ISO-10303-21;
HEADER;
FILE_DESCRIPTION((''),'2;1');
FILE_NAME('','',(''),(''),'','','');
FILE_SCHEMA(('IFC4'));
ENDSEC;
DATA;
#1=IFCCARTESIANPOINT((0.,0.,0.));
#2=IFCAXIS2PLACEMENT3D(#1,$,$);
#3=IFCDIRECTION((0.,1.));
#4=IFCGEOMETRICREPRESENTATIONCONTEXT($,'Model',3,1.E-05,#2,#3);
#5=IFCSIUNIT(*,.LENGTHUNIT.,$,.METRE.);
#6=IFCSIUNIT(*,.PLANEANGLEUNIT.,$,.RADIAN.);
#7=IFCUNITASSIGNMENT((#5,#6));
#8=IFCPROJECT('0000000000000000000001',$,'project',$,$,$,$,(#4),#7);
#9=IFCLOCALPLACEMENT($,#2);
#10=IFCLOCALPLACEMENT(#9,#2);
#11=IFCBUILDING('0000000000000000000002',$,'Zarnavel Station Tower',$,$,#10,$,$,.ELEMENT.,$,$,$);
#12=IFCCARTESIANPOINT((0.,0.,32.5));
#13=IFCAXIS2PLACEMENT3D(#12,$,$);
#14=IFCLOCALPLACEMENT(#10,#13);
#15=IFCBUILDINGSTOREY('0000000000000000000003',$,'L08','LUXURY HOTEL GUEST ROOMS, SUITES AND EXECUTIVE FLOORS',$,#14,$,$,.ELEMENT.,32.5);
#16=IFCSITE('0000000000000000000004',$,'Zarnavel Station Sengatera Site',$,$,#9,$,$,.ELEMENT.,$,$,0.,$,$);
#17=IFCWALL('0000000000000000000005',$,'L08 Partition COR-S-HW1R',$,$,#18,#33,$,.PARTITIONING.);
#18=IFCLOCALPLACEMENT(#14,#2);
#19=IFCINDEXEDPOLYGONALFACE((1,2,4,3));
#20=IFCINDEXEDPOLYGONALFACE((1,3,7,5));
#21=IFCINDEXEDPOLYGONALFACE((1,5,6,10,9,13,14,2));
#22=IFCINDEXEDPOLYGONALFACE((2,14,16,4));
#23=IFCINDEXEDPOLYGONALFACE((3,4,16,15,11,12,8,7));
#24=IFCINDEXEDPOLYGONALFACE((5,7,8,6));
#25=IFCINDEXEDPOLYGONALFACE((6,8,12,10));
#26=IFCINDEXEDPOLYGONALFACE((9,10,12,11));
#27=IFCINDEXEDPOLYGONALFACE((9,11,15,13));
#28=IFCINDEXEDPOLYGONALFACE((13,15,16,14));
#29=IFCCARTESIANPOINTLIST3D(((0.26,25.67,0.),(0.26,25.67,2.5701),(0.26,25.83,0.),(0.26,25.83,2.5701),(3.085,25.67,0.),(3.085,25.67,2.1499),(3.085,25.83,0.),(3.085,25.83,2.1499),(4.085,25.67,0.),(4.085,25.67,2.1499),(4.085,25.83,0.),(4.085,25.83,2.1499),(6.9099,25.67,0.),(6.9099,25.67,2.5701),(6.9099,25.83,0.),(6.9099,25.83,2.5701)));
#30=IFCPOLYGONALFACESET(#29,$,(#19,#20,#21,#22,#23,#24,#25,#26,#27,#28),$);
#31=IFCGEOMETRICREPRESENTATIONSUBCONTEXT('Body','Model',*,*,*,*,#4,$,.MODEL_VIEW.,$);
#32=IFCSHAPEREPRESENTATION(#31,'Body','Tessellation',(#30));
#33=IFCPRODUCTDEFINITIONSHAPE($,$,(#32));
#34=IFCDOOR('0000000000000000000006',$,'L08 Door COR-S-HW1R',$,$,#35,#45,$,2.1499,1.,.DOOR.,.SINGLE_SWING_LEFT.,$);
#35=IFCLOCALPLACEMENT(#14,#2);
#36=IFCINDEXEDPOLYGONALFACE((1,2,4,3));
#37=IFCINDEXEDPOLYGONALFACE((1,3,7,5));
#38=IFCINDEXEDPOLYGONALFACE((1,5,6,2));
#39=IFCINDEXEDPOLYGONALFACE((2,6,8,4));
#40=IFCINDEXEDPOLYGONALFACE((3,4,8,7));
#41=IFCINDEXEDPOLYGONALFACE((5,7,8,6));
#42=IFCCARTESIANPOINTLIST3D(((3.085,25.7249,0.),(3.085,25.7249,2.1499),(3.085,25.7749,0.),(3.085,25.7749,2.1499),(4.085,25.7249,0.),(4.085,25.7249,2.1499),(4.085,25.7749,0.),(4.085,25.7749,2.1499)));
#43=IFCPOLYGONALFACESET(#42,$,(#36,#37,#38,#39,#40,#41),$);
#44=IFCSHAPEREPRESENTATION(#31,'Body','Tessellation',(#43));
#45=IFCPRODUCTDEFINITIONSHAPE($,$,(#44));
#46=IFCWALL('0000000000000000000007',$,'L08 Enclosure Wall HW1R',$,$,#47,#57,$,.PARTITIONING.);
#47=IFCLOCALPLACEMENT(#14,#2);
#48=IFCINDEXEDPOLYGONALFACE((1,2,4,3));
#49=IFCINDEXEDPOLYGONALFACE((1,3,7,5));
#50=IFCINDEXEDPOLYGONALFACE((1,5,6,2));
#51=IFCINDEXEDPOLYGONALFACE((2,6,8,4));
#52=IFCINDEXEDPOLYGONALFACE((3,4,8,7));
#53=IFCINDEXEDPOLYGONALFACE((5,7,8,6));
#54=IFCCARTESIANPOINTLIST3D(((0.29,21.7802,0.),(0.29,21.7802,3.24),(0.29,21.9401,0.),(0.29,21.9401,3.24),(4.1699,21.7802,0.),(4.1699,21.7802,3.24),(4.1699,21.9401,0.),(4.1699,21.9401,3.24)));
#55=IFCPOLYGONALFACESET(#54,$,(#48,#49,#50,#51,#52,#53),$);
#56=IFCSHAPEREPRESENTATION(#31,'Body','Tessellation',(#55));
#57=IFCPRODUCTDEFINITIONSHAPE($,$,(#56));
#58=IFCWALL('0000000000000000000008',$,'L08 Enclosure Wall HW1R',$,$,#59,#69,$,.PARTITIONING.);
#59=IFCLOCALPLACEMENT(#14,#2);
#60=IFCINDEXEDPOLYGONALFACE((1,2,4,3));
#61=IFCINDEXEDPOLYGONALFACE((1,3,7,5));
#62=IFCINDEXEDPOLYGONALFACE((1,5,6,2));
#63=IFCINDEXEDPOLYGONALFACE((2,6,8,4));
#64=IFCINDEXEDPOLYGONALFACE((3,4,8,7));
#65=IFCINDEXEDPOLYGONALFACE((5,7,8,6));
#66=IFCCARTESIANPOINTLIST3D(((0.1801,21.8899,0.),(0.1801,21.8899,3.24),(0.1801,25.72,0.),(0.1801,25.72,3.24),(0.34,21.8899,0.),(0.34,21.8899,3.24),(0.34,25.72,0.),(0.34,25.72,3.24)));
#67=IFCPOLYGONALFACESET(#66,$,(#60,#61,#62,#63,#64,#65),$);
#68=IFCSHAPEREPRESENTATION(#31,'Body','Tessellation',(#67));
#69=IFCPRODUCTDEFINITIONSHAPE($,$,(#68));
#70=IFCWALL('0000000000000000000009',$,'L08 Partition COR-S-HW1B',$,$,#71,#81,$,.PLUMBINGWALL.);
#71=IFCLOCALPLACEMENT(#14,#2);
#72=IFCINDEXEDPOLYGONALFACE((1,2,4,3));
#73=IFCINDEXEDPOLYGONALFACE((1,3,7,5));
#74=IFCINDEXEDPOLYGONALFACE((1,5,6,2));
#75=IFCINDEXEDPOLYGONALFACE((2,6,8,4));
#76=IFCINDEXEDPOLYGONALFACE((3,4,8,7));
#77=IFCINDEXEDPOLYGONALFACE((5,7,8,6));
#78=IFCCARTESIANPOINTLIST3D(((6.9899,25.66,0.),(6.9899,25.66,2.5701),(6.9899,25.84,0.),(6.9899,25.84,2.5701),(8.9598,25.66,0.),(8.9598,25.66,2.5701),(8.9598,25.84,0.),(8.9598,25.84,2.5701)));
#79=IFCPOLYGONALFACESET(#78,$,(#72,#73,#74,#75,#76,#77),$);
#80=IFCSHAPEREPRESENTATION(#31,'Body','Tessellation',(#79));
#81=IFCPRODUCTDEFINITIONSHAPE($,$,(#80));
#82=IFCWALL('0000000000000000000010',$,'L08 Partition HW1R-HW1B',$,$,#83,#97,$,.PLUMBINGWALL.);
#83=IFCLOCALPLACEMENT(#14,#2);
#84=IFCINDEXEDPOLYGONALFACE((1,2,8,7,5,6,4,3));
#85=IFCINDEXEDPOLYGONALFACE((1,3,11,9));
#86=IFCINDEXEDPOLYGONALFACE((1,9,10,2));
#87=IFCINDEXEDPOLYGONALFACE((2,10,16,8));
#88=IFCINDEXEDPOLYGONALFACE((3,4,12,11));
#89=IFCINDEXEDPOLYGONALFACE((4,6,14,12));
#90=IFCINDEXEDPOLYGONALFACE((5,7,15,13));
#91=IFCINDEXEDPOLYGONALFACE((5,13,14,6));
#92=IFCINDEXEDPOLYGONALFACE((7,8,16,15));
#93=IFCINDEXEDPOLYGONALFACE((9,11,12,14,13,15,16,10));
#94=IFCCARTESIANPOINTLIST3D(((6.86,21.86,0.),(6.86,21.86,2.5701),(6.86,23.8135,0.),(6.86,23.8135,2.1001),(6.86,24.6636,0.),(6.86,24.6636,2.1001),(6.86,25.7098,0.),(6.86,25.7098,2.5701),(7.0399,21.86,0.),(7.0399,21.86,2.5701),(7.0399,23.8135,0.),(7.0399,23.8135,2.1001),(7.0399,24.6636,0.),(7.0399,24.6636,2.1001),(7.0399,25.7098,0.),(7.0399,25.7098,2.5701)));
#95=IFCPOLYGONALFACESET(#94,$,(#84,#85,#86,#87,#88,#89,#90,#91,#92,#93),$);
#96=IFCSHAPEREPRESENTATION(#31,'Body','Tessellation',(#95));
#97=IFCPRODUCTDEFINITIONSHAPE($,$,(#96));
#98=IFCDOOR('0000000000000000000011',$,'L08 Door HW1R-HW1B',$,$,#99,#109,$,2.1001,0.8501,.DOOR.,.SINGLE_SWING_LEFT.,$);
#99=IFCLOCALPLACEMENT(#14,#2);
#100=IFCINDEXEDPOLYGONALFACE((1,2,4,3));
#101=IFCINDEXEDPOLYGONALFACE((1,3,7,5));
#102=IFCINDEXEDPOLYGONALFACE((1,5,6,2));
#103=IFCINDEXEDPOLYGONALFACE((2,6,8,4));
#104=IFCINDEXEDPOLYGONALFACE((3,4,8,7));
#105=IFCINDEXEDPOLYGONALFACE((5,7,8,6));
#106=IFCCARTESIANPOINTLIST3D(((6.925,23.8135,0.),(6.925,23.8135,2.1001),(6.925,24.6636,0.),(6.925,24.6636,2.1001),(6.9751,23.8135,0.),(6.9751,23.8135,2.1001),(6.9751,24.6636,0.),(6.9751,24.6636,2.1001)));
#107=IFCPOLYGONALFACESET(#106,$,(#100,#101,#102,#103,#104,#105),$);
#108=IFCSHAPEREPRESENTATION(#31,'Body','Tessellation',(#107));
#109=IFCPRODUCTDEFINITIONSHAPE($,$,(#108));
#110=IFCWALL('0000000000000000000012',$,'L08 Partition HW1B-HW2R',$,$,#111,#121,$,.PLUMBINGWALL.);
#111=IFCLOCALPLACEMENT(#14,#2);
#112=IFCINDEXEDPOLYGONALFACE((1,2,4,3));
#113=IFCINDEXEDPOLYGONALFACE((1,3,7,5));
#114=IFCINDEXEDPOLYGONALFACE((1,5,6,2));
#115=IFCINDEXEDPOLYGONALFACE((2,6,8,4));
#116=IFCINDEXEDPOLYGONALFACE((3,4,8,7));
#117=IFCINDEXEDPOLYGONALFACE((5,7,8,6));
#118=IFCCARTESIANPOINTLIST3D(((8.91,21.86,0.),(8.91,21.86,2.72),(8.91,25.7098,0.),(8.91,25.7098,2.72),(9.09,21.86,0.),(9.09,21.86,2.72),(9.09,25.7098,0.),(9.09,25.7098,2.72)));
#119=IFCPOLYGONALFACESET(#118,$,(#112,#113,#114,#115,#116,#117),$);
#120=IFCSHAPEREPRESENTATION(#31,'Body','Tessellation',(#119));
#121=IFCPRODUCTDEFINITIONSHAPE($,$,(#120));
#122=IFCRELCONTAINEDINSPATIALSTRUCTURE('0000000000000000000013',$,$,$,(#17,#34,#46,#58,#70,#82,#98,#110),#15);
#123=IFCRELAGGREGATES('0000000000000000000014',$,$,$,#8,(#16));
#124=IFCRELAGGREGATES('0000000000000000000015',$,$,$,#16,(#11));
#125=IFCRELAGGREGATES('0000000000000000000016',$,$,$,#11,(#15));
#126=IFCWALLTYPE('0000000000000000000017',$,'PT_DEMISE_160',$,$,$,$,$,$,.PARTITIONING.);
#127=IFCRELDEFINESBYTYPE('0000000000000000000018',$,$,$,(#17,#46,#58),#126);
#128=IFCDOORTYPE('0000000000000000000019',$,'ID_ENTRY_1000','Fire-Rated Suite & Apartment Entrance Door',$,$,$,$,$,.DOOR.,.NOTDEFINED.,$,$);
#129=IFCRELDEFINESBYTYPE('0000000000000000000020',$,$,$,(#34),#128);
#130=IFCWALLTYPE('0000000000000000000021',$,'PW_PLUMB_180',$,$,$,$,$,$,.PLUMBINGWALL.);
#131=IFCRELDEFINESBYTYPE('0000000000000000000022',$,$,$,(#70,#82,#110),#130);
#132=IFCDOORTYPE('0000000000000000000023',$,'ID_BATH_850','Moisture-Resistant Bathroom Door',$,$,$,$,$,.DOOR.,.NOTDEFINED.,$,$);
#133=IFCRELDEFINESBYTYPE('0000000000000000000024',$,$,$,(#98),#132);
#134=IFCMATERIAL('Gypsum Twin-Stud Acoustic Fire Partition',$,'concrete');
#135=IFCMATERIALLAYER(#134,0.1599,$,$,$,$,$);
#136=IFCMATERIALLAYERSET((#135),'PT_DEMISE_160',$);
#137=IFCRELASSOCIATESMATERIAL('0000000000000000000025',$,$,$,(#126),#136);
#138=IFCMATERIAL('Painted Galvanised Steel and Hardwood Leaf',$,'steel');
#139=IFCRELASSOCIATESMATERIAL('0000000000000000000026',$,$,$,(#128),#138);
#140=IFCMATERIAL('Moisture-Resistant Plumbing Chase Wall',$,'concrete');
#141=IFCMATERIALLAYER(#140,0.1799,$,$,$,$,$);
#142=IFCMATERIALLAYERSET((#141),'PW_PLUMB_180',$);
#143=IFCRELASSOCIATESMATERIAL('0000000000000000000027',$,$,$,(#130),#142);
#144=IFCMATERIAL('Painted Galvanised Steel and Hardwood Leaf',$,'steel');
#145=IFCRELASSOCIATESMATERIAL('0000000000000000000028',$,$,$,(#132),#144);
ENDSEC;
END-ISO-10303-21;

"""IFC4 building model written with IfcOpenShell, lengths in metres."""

from ifc_helpers import new_model, si_unit, direction, frame, frame_2d, origin, place, context, subcontext, project, spatial, rectangle, extrude, material, layer, layer_set, type_object, element, fill, save


model = new_model("IFC4")

# Units and contexts
model_context = context("Model", 3, precision=1e-05, world=origin(), true_north=direction((0.0, 1.0)))
body_context = subcontext(model_context, "Body", "Model", "MODEL_VIEW")
ifc_project = project(units=[si_unit("LENGTHUNIT", "METRE"), si_unit("PLANEANGLEUNIT", "RADIAN")], contexts=[model_context])

# Site, building, storey
site_placement = place(None, origin())
site = spatial("IfcSite", under=ifc_project, at=site_placement, Name="Zarnavel Station Sengatera Site", CompositionType="ELEMENT", RefElevation=0.0)
building_placement = place(site_placement, origin())
building = spatial("IfcBuilding", under=site, at=building_placement, Name="Zarnavel Station Tower", CompositionType="ELEMENT")
storey_placement = place(building_placement, frame((0.0, 0.0, 32.5)))
storey = spatial("IfcBuildingStorey", under=building, at=storey_placement, Name="L08", Description="LUXURY HOTEL GUEST ROOMS, SUITES AND EXECUTIVE FLOORS", CompositionType="ELEMENT", Elevation=32.5)

# Wall, opening, door
ifc_material_1 = material(Name="Gypsum Twin-Stud Acoustic Fire Partition", Category="concrete")
ifc_layer_1 = layer(ifc_material_1, 0.1599)
ifc_layer_set_1 = layer_set([ifc_layer_1], Name="PT_DEMISE_160")
wall_type_1 = type_object("IfcWallType", Name="PT_DEMISE_160", PredefinedType="PARTITIONING", material=ifc_layer_set_1)
wall_1_placement = place(storey_placement, frame((0.26, 25.75, 0.0), z_axis=(0.0, 0.0, 1.0), x_axis=(1.0, 0.0, 0.0)))
wall_1 = element("IfcWall", 1, at=wall_1_placement, inside=storey, type_object=wall_type_1, Name="L08 Partition COR-S-HW1R", PredefinedType="PARTITIONING", context=body_context, shape_type="SweptSolid", body=[
    extrude(rectangle(XDim=6.6499, YDim=0.1599, at=frame_2d((3.325, 0.0))), origin(), (0.0, 0.0, 1.0), 2.5701),
])
opening_1_placement = place(wall_1_placement, frame((2.825, 0.0, 0.0)))
opening_1 = element("IfcOpeningElement", 2, at=opening_1_placement, cuts=wall_1, PredefinedType="OPENING", context=body_context, shape_type="SweptSolid", body=[
    extrude(rectangle(XDim=1.0, YDim=2.1499, at=frame_2d((0.5, 1.075))), frame((0.0, 0.0898, 0.0), z_axis=(0.0, -1.0, 0.0), x_axis=(1.0, 0.0, 0.0)), (0.0, 0.0, 1.0), 0.1799),
])
ifc_material_2 = material(Name="Painted Galvanised Steel and Hardwood Leaf", Category="steel")
door_type_1 = type_object("IfcDoorType", Name="ID_ENTRY_1000", Description="Fire-Rated Suite & Apartment Entrance Door", OperationType="NOTDEFINED", PredefinedType="DOOR", material=ifc_material_2)
door_1_placement = place(opening_1_placement, origin())
door_1 = element("IfcDoor", 3, at=door_1_placement, inside=storey, type_object=door_type_1, Name="L08 Door COR-S-HW1R", OperationType="SINGLE_SWING_LEFT", OverallHeight=2.1499, OverallWidth=1.0, PredefinedType="DOOR", context=body_context, shape_type="SweptSolid", body=[
    extrude(rectangle(XDim=1.0, YDim=2.1499, at=frame_2d((0.5, 1.075))), frame((0.0, 0.0249, 0.0), z_axis=(0.0, -1.0, 0.0), x_axis=(1.0, 0.0, 0.0)), (0.0, 0.0, 1.0), 0.05),
])
fill(opening_1, door_1)

# Walls
wall_2_placement = place(storey_placement, frame((0.29, 21.8601, 0.0), z_axis=(0.0, 0.0, 1.0), x_axis=(1.0, 0.0, 0.0)))
element("IfcWall", 4, at=wall_2_placement, inside=storey, type_object=wall_type_1, Name="L08 Enclosure Wall HW1R", PredefinedType="PARTITIONING", context=body_context, shape_type="SweptSolid", body=[
    extrude(rectangle(XDim=3.8799, YDim=0.1599, at=frame_2d((1.9399, 0.0))), origin(), (0.0, 0.0, 1.0), 3.24),
])
wall_3_placement = place(storey_placement, frame((0.26, 21.8899, 0.0), z_axis=(0.0, 0.0, 1.0), x_axis=(0.0, 1.0, 0.0)))
element("IfcWall", 5, at=wall_3_placement, inside=storey, type_object=wall_type_1, Name="L08 Enclosure Wall HW1R", PredefinedType="PARTITIONING", context=body_context, shape_type="SweptSolid", body=[
    extrude(rectangle(XDim=3.8301, YDim=0.1599, at=frame_2d((1.915, 0.0))), origin(), (0.0, 0.0, 1.0), 3.24),
])
ifc_material_3 = material(Name="Moisture-Resistant Plumbing Chase Wall", Category="concrete")
ifc_layer_2 = layer(ifc_material_3, 0.1799)
ifc_layer_set_2 = layer_set([ifc_layer_2], Name="PW_PLUMB_180")
wall_type_2 = type_object("IfcWallType", Name="PW_PLUMB_180", PredefinedType="PLUMBINGWALL", material=ifc_layer_set_2)
wall_4_placement = place(storey_placement, frame((6.99, 25.75, 0.0), z_axis=(0.0, 0.0, 1.0), x_axis=(1.0, 0.0, 0.0)))
element("IfcWall", 6, at=wall_4_placement, inside=storey, type_object=wall_type_2, Name="L08 Partition COR-S-HW1B", PredefinedType="PLUMBINGWALL", context=body_context, shape_type="SweptSolid", body=[
    extrude(rectangle(XDim=1.97, YDim=0.1799, at=frame_2d((0.9849, 0.0))), origin(), (0.0, 0.0, 1.0), 2.5701),
])

# Wall, opening, door
wall_5_placement = place(storey_placement, frame((6.95, 21.8601, 0.0), z_axis=(0.0, 0.0, 1.0), x_axis=(0.0, 1.0, 0.0)))
wall_5 = element("IfcWall", 7, at=wall_5_placement, inside=storey, type_object=wall_type_2, Name="L08 Partition HW1R-HW1B", PredefinedType="PLUMBINGWALL", context=body_context, shape_type="SweptSolid", body=[
    extrude(rectangle(XDim=3.8499, YDim=0.1799, at=frame_2d((1.9248, 0.0))), origin(), (0.0, 0.0, 1.0), 2.5701),
])
opening_2_placement = place(wall_5_placement, frame((1.9534, 0.0, 0.0)))
opening_2 = element("IfcOpeningElement", 8, at=opening_2_placement, cuts=wall_5, PredefinedType="OPENING", context=body_context, shape_type="SweptSolid", body=[
    extrude(rectangle(XDim=0.8501, YDim=2.1001, at=frame_2d((0.425, 1.05))), frame((0.0, 0.0999, 0.0), z_axis=(0.0, -1.0, 0.0), x_axis=(1.0, 0.0, 0.0)), (0.0, 0.0, 1.0), 0.2),
])
ifc_material_4 = material(Name="Painted Galvanised Steel and Hardwood Leaf", Category="steel")
door_type_2 = type_object("IfcDoorType", Name="ID_BATH_850", Description="Moisture-Resistant Bathroom Door", OperationType="NOTDEFINED", PredefinedType="DOOR", material=ifc_material_4)
door_2_placement = place(opening_2_placement, origin())
door_2 = element("IfcDoor", 9, at=door_2_placement, inside=storey, type_object=door_type_2, Name="L08 Door HW1R-HW1B", OperationType="SINGLE_SWING_LEFT", OverallHeight=2.1001, OverallWidth=0.8501, PredefinedType="DOOR", context=body_context, shape_type="SweptSolid", body=[
    extrude(rectangle(XDim=0.8501, YDim=2.1001, at=frame_2d((0.425, 1.05))), frame((0.0, 0.0249, 0.0), z_axis=(0.0, -1.0, 0.0), x_axis=(1.0, 0.0, 0.0)), (0.0, 0.0, 1.0), 0.05),
])
fill(opening_2, door_2)

# Wall
wall_6_placement = place(storey_placement, frame((9.0, 21.8601, 0.0), z_axis=(0.0, 0.0, 1.0), x_axis=(0.0, 1.0, 0.0)))
element("IfcWall", 10, at=wall_6_placement, inside=storey, type_object=wall_type_2, Name="L08 Partition HW1B-HW2R", PredefinedType="PLUMBINGWALL", context=body_context, shape_type="SweptSolid", body=[
    extrude(rectangle(XDim=3.8499, YDim=0.1799, at=frame_2d((1.9248, 0.0))), origin(), (0.0, 0.0, 1.0), 2.72),
])

save(model, "model.ifc")
